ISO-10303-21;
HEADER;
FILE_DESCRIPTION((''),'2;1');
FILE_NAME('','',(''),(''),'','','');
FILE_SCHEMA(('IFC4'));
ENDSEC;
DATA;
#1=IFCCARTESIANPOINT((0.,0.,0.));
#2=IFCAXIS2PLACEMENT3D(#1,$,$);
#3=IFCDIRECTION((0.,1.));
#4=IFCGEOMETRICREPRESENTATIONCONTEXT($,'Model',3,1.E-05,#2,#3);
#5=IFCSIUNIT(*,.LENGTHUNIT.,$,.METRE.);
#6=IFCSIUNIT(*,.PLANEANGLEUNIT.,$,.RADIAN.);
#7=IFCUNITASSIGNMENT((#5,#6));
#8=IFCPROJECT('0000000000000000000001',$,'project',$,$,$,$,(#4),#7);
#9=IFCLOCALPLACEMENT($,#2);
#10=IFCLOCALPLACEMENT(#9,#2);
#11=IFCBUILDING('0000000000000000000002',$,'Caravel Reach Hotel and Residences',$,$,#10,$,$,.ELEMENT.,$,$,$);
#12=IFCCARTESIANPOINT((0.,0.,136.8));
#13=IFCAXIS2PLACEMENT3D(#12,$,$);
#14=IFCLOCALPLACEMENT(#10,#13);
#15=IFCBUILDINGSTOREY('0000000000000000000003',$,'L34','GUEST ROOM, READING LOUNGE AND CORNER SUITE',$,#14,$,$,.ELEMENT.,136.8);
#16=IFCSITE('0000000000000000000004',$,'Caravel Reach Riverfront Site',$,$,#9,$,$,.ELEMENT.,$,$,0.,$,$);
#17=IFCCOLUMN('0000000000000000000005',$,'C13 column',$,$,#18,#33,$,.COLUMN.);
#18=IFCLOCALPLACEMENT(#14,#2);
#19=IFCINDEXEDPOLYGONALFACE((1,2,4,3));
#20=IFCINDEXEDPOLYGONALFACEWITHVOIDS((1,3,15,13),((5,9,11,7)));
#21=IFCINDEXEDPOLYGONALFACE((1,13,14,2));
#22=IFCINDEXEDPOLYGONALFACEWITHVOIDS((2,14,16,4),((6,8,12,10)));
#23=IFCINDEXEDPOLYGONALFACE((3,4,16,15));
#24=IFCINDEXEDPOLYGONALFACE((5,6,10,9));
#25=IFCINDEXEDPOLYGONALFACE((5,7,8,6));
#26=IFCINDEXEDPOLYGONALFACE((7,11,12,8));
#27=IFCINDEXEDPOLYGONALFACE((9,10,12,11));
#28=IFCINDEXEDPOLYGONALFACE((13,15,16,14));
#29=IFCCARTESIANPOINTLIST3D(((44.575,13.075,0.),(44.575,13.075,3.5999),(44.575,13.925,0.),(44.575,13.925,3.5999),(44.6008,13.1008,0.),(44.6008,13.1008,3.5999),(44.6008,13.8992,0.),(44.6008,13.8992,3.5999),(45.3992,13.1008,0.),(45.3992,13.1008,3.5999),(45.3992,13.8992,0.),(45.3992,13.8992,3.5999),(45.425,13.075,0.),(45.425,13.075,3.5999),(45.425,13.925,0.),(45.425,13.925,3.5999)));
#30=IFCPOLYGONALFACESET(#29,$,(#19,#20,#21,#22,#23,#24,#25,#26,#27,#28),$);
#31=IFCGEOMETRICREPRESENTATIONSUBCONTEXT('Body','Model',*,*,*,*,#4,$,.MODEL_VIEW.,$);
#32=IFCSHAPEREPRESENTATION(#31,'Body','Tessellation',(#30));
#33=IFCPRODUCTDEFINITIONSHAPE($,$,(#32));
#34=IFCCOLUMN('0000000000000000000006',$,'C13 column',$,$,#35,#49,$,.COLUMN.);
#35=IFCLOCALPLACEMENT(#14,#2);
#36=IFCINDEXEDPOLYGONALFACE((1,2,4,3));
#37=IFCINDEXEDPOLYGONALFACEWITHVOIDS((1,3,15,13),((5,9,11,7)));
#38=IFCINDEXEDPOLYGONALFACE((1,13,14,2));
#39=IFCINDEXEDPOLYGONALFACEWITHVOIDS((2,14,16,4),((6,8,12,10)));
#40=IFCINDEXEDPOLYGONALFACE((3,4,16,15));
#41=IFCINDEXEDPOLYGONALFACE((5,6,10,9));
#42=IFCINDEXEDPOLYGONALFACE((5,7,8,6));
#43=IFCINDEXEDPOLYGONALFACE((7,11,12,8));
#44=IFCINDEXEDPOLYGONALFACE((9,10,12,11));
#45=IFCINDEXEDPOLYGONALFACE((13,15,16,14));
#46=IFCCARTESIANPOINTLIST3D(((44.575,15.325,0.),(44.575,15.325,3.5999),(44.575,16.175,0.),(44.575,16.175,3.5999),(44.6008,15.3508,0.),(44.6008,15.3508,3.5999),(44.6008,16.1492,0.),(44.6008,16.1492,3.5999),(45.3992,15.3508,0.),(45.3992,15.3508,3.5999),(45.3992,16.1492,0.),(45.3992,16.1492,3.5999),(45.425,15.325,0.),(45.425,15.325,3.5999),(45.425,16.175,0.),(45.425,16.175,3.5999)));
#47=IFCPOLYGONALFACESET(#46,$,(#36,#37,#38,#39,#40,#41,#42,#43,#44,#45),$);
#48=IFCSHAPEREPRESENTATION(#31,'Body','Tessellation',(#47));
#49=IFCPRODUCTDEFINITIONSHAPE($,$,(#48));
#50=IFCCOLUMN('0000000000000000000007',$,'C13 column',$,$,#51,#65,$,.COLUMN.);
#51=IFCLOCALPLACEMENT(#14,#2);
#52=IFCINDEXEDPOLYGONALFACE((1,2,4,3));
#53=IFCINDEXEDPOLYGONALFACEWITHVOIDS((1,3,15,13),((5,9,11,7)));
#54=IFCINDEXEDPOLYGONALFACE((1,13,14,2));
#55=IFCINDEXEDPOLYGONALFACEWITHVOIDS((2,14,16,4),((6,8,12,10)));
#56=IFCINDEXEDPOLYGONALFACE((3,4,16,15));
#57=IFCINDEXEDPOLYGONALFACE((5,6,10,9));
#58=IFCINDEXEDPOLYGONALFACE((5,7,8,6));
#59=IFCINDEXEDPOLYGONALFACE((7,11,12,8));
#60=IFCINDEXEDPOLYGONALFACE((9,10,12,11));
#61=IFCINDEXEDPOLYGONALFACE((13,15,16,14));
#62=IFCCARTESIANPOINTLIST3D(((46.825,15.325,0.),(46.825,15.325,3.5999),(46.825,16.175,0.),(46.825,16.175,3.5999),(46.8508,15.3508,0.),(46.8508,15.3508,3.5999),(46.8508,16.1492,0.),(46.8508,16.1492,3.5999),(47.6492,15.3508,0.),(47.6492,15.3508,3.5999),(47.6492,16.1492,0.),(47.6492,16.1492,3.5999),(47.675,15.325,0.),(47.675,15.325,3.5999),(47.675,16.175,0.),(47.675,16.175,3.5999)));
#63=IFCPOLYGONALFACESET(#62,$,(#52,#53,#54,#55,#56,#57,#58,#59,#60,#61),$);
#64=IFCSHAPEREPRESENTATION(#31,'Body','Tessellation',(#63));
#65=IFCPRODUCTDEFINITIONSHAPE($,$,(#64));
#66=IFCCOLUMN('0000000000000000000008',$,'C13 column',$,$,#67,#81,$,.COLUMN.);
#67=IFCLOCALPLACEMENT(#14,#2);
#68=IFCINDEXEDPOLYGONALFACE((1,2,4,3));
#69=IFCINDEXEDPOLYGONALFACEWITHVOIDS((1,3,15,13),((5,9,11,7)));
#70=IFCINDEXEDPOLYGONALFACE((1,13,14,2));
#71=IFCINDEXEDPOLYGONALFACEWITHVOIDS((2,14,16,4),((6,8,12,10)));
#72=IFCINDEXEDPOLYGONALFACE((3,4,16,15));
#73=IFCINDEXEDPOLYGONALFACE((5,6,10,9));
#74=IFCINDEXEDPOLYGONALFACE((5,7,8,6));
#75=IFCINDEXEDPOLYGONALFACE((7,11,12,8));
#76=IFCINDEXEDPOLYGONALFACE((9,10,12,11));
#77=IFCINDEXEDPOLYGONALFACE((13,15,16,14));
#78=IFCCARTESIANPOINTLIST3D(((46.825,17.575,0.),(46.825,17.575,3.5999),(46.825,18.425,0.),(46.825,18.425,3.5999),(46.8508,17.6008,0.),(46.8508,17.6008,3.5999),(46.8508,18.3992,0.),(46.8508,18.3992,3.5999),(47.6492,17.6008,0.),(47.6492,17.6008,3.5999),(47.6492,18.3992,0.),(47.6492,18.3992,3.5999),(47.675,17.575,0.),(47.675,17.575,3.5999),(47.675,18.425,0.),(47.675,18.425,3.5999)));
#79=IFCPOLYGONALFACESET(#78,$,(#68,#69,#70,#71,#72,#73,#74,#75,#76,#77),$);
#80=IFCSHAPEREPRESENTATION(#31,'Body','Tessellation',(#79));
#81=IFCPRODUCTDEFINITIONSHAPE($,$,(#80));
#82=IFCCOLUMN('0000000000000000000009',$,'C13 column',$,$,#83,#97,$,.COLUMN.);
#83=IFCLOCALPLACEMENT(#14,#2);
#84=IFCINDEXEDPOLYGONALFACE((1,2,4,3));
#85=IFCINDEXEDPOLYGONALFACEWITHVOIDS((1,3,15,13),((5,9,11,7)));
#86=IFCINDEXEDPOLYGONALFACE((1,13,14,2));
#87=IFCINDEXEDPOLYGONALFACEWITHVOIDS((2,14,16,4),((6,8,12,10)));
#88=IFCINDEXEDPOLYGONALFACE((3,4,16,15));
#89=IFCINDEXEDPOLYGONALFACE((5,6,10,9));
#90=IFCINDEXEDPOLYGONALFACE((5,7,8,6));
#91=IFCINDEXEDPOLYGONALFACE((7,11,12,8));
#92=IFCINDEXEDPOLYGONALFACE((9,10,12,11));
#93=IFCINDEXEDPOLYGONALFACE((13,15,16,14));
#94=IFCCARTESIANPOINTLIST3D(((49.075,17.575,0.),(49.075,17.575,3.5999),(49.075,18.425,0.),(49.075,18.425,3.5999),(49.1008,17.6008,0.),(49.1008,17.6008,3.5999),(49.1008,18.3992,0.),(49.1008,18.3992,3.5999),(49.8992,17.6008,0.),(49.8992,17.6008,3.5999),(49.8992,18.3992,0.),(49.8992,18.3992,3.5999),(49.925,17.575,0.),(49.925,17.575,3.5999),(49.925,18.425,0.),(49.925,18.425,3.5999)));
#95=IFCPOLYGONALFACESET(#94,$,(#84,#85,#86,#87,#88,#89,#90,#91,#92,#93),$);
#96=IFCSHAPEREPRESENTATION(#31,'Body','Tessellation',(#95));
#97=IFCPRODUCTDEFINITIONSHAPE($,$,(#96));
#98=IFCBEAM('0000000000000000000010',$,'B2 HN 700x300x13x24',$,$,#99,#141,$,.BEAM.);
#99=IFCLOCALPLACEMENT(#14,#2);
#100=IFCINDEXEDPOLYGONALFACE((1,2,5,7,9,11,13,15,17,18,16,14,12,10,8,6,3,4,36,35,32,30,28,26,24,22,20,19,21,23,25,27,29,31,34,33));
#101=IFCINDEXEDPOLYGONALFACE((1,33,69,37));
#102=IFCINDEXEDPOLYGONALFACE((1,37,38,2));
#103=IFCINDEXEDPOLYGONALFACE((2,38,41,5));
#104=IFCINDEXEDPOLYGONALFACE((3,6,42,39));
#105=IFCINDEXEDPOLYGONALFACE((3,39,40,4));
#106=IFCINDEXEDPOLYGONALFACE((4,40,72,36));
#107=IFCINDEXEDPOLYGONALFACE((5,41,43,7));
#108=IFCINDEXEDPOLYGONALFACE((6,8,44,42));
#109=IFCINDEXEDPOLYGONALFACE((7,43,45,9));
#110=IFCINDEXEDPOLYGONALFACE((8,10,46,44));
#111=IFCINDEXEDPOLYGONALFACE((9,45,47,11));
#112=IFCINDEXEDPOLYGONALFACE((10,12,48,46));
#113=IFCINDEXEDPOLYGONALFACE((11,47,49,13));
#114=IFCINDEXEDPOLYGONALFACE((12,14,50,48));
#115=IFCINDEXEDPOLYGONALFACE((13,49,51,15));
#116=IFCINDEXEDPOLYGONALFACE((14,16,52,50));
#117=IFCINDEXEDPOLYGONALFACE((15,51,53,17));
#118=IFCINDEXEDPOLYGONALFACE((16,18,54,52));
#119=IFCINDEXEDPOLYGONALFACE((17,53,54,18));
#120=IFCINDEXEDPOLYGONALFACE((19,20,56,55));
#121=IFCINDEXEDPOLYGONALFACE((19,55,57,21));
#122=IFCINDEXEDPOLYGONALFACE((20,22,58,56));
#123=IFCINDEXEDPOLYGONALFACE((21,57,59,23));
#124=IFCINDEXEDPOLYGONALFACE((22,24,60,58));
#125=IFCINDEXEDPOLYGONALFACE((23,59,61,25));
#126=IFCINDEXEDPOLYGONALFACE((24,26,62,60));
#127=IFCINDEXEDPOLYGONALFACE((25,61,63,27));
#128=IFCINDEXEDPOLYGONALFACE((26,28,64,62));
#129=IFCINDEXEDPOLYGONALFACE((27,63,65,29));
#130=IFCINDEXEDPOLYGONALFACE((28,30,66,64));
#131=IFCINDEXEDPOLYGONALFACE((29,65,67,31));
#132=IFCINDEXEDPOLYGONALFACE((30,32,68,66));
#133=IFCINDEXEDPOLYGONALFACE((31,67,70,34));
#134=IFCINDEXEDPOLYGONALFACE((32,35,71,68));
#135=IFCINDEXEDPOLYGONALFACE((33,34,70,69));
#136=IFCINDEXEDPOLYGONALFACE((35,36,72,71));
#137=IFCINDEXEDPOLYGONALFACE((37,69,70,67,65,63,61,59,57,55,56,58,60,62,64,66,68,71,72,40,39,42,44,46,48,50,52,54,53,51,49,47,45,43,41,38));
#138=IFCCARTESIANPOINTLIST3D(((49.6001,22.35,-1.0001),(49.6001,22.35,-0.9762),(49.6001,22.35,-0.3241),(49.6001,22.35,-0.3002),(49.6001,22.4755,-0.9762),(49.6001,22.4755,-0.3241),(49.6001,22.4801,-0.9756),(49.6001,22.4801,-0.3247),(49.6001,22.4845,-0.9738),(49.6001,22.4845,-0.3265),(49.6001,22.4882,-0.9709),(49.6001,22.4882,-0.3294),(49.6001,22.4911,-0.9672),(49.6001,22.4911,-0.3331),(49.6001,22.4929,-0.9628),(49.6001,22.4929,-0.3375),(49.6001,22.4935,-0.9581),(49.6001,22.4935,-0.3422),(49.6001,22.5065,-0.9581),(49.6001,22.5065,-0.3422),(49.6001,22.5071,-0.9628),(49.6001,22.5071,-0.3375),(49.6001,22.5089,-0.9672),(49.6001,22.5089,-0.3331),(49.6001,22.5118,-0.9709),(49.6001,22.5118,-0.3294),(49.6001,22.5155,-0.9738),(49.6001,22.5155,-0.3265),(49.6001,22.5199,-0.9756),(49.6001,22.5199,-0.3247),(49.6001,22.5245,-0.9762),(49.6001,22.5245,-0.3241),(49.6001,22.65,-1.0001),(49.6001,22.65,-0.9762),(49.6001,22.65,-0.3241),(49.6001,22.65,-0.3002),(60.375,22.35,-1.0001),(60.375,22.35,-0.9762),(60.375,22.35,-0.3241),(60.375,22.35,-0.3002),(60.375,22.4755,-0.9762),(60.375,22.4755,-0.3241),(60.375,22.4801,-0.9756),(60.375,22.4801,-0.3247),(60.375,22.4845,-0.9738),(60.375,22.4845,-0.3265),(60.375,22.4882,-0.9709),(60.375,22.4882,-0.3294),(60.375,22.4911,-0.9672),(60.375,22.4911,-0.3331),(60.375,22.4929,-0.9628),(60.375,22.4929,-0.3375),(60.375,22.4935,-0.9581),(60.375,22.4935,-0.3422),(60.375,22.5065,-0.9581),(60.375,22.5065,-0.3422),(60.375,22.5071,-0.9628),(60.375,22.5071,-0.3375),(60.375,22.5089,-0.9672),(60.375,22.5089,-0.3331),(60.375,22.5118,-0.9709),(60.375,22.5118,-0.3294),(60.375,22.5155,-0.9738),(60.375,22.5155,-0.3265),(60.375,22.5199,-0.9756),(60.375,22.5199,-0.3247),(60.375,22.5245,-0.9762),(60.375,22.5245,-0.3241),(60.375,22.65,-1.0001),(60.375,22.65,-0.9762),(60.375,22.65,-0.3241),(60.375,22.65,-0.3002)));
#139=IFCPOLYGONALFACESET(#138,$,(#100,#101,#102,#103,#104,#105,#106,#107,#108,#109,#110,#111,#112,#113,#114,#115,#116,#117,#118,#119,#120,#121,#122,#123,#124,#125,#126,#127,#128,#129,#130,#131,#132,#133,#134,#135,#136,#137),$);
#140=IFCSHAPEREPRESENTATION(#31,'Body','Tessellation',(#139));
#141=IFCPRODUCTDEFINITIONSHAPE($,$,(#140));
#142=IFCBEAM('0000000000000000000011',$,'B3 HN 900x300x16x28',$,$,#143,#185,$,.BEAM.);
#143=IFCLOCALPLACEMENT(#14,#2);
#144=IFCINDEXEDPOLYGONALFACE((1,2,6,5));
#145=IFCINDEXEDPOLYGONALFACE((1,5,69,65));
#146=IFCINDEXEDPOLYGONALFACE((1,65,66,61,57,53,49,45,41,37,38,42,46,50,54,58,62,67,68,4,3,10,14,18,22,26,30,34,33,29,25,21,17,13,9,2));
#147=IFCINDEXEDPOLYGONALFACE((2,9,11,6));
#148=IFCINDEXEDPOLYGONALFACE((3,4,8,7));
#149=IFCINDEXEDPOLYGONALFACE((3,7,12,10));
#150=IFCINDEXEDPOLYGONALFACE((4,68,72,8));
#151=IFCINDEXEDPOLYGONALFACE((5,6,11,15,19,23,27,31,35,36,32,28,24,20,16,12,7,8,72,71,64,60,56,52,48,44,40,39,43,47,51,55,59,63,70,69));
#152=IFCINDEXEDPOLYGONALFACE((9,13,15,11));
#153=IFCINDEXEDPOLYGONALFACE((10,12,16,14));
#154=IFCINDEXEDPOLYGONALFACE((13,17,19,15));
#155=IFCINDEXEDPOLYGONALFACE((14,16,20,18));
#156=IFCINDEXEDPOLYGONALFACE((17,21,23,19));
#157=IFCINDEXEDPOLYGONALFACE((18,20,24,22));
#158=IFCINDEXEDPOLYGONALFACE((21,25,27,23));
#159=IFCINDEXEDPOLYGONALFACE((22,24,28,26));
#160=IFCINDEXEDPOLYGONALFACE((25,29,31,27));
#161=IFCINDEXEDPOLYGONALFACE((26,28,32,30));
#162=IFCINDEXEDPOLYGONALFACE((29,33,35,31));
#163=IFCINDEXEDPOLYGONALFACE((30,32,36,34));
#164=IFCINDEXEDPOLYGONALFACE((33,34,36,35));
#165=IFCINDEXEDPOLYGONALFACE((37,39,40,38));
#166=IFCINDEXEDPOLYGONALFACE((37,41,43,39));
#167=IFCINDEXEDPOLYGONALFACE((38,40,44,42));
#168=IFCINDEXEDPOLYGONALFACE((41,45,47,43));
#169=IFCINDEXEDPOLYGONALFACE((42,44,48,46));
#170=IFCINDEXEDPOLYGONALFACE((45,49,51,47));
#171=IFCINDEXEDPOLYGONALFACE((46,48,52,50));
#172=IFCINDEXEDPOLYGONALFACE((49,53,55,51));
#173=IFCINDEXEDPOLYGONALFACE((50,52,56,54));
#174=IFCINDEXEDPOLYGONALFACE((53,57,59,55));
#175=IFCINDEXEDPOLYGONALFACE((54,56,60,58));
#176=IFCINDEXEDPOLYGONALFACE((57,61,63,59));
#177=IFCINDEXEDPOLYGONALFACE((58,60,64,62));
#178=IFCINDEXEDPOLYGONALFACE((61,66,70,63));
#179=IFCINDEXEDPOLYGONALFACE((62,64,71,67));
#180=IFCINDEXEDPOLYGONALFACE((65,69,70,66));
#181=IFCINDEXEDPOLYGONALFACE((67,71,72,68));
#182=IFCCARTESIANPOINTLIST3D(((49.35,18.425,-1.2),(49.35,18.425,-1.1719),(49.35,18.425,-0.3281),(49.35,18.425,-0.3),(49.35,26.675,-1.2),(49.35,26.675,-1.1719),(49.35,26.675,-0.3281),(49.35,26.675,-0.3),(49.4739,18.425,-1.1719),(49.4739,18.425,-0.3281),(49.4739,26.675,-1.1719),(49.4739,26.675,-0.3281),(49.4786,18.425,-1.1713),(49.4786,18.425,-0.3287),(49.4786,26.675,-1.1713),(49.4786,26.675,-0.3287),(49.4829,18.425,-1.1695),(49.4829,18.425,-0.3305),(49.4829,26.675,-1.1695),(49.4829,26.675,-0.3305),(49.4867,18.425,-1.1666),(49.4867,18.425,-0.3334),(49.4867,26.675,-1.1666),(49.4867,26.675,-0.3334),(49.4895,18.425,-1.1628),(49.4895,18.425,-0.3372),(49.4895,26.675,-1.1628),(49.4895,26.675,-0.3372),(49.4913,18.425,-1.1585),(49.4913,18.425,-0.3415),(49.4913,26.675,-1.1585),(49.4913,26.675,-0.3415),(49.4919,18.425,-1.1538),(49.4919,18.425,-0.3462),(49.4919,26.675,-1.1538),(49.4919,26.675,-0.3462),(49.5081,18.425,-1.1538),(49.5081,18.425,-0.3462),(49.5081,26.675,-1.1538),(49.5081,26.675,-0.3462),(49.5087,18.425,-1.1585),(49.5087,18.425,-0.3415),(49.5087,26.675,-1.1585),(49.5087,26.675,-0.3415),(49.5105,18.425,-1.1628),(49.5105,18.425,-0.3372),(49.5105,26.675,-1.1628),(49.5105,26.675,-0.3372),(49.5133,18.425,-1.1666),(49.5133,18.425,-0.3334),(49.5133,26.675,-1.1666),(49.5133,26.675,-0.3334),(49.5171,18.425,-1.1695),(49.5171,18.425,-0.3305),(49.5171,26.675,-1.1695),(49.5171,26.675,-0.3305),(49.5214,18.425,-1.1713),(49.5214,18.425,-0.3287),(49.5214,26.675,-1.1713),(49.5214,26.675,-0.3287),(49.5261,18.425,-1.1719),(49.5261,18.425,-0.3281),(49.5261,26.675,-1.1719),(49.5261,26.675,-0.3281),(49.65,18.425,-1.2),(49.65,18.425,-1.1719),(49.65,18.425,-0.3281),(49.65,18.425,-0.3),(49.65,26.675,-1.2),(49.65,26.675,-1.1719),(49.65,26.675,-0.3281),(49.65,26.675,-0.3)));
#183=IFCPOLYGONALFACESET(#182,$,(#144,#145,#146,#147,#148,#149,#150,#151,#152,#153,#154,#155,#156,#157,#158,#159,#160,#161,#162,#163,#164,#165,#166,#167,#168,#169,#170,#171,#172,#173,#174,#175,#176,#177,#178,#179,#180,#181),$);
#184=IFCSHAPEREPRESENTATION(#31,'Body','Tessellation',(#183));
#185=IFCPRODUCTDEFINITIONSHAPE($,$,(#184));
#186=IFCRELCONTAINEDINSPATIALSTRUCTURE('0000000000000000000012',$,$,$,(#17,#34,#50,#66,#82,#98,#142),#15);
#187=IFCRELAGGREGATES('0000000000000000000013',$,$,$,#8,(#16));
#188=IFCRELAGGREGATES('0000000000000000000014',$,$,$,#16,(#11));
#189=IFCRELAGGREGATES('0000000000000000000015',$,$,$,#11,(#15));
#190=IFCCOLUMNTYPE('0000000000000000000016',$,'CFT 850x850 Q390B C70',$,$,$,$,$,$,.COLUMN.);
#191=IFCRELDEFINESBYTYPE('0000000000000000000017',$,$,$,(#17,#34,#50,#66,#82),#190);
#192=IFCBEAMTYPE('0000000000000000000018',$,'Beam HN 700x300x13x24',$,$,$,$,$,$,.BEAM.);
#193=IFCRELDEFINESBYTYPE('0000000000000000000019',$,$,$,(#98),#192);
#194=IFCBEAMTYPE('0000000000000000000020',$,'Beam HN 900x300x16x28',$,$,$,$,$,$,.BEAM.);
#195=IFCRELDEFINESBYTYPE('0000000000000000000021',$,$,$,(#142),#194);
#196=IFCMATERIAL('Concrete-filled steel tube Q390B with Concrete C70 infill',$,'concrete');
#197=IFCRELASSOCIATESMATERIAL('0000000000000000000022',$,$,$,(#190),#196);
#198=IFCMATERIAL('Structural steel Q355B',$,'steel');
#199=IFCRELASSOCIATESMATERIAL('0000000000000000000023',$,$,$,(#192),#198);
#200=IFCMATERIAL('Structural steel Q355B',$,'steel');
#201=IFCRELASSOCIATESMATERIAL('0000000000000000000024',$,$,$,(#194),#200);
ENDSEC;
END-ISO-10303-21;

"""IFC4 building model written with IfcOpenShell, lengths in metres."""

from ifc_helpers import new_model, si_unit, direction, frame, origin, origin_2d, place, context, subcontext, project, spatial, hollow_rectangle, i_section, extrude, material, material_profile, profile_set, type_object, element, save


model = new_model("IFC4")

# Units and contexts
model_context = context("Model", 3, precision=1e-05, world=origin(), true_north=direction((0.0, 1.0)))
body_context = subcontext(model_context, "Body", "Model", "MODEL_VIEW")
ifc_project = project(units=[si_unit("LENGTHUNIT", "METRE"), si_unit("PLANEANGLEUNIT", "RADIAN")], contexts=[model_context])

# Site, building, storey
site_placement = place(None, origin())
site = spatial("IfcSite", under=ifc_project, at=site_placement, Name="Caravel Reach Riverfront Site", CompositionType="ELEMENT", RefElevation=0.0)
building_placement = place(site_placement, origin())
building = spatial("IfcBuilding", under=site, at=building_placement, Name="Caravel Reach Hotel and Residences", CompositionType="ELEMENT")
storey_placement = place(building_placement, frame((0.0, 0.0, 136.8)))
storey = spatial("IfcBuildingStorey", under=building, at=storey_placement, Name="L34", Description="GUEST ROOM, READING LOUNGE AND CORNER SUITE", CompositionType="ELEMENT", Elevation=136.8)

# Columns
ifc_material_1 = material(Name="Concrete-filled steel tube Q390B with Concrete C70 infill", Category="concrete")
ifc_material_profile_1 = material_profile(ifc_material_1, hollow_rectangle(XDim=0.8501, YDim=0.8501, WallThickness=0.0259, at=origin_2d()), Name="RHS 850x850x26")
ifc_profile_set_1 = profile_set([ifc_material_profile_1], Name="Concrete-filled steel tube Q390B with Concrete C70 infill")
column_type = type_object("IfcColumnType", Name="CFT 850x850 Q390B C70", PredefinedType="COLUMN", material=ifc_profile_set_1)
for number, where, z_axis, x_axis, name in (
    (1, (45.0, 13.5, 0.0), (0.0, 0.0, 1.0), (1.0, 0.0, 0.0), "C13 column"),
    (2, (45.0, 15.75, 0.0), (0.0, 0.0, 1.0), (1.0, 0.0, 0.0), "C13 column"),
    (3, (47.25, 15.75, 0.0), (0.0, 0.0, 1.0), (1.0, 0.0, 0.0), "C13 column"),
    (4, (47.25, 18.0, 0.0), (0.0, 0.0, 1.0), (1.0, 0.0, 0.0), "C13 column"),
    (5, (49.5, 18.0, 0.0), (0.0, 0.0, 1.0), (1.0, 0.0, 0.0), "C13 column"),
):
    element("IfcColumn", number, at=place(storey_placement, frame(where, z_axis=z_axis, x_axis=x_axis)), inside=storey, type_object=column_type, Name=name, PredefinedType="COLUMN", context=body_context, shape_type="SweptSolid", body=[
        extrude(hollow_rectangle(XDim=0.8501, YDim=0.8501, WallThickness=0.0259, at=origin_2d()), origin(), (0.0, 0.0, 1.0), 3.5999),
    ])

# Beams
ifc_material_2 = material(Name="Structural steel Q355B", Category="steel")
ifc_material_profile_2 = material_profile(ifc_material_2, i_section(OverallWidth=0.3, OverallDepth=0.7, WebThickness=0.0129, FlangeThickness=0.0239, FilletRadius=0.0181, at=origin_2d()), Name="HN 700x300x13x24")
ifc_profile_set_2 = profile_set([ifc_material_profile_2], Name="Structural steel Q355B")
beam_type_1 = type_object("IfcBeamType", Name="Beam HN 700x300x13x24", PredefinedType="BEAM", material=ifc_profile_set_2)
beam_1_placement = place(storey_placement, frame((49.6001, 22.5, -0.6501), z_axis=(1.0, 0.0, 0.0), x_axis=(0.0, 1.0, 0.0)))
element("IfcBeam", 6, at=beam_1_placement, inside=storey, type_object=beam_type_1, Name="B2 HN 700x300x13x24", PredefinedType="BEAM", context=body_context, shape_type="SweptSolid", body=[
    extrude(i_section(OverallWidth=0.3, OverallDepth=0.7, WebThickness=0.0129, FlangeThickness=0.0239, FilletRadius=0.0181, at=origin_2d()), origin(), (0.0, 0.0, 1.0), 10.7749),
])
ifc_material_3 = material(Name="Structural steel Q355B", Category="steel")
ifc_material_profile_3 = material_profile(ifc_material_3, i_section(OverallWidth=0.3, OverallDepth=0.8999, WebThickness=0.0161, FlangeThickness=0.0281, FilletRadius=0.0181, at=origin_2d()), Name="HN 900x300x16x28")
ifc_profile_set_3 = profile_set([ifc_material_profile_3], Name="Structural steel Q355B")
beam_type_2 = type_object("IfcBeamType", Name="Beam HN 900x300x16x28", PredefinedType="BEAM", material=ifc_profile_set_3)
beam_2_placement = place(storey_placement, frame((49.5, 18.425, -0.75), z_axis=(0.0, 1.0, 0.0), x_axis=(-1.0, 0.0, 0.0)))
element("IfcBeam", 7, at=beam_2_placement, inside=storey, type_object=beam_type_2, Name="B3 HN 900x300x16x28", PredefinedType="BEAM", context=body_context, shape_type="SweptSolid", body=[
    extrude(i_section(OverallWidth=0.3, OverallDepth=0.8999, WebThickness=0.0161, FlangeThickness=0.0281, FilletRadius=0.0181, at=origin_2d()), origin(), (0.0, 0.0, 1.0), 8.25),
])

save(model, "model.ifc")
